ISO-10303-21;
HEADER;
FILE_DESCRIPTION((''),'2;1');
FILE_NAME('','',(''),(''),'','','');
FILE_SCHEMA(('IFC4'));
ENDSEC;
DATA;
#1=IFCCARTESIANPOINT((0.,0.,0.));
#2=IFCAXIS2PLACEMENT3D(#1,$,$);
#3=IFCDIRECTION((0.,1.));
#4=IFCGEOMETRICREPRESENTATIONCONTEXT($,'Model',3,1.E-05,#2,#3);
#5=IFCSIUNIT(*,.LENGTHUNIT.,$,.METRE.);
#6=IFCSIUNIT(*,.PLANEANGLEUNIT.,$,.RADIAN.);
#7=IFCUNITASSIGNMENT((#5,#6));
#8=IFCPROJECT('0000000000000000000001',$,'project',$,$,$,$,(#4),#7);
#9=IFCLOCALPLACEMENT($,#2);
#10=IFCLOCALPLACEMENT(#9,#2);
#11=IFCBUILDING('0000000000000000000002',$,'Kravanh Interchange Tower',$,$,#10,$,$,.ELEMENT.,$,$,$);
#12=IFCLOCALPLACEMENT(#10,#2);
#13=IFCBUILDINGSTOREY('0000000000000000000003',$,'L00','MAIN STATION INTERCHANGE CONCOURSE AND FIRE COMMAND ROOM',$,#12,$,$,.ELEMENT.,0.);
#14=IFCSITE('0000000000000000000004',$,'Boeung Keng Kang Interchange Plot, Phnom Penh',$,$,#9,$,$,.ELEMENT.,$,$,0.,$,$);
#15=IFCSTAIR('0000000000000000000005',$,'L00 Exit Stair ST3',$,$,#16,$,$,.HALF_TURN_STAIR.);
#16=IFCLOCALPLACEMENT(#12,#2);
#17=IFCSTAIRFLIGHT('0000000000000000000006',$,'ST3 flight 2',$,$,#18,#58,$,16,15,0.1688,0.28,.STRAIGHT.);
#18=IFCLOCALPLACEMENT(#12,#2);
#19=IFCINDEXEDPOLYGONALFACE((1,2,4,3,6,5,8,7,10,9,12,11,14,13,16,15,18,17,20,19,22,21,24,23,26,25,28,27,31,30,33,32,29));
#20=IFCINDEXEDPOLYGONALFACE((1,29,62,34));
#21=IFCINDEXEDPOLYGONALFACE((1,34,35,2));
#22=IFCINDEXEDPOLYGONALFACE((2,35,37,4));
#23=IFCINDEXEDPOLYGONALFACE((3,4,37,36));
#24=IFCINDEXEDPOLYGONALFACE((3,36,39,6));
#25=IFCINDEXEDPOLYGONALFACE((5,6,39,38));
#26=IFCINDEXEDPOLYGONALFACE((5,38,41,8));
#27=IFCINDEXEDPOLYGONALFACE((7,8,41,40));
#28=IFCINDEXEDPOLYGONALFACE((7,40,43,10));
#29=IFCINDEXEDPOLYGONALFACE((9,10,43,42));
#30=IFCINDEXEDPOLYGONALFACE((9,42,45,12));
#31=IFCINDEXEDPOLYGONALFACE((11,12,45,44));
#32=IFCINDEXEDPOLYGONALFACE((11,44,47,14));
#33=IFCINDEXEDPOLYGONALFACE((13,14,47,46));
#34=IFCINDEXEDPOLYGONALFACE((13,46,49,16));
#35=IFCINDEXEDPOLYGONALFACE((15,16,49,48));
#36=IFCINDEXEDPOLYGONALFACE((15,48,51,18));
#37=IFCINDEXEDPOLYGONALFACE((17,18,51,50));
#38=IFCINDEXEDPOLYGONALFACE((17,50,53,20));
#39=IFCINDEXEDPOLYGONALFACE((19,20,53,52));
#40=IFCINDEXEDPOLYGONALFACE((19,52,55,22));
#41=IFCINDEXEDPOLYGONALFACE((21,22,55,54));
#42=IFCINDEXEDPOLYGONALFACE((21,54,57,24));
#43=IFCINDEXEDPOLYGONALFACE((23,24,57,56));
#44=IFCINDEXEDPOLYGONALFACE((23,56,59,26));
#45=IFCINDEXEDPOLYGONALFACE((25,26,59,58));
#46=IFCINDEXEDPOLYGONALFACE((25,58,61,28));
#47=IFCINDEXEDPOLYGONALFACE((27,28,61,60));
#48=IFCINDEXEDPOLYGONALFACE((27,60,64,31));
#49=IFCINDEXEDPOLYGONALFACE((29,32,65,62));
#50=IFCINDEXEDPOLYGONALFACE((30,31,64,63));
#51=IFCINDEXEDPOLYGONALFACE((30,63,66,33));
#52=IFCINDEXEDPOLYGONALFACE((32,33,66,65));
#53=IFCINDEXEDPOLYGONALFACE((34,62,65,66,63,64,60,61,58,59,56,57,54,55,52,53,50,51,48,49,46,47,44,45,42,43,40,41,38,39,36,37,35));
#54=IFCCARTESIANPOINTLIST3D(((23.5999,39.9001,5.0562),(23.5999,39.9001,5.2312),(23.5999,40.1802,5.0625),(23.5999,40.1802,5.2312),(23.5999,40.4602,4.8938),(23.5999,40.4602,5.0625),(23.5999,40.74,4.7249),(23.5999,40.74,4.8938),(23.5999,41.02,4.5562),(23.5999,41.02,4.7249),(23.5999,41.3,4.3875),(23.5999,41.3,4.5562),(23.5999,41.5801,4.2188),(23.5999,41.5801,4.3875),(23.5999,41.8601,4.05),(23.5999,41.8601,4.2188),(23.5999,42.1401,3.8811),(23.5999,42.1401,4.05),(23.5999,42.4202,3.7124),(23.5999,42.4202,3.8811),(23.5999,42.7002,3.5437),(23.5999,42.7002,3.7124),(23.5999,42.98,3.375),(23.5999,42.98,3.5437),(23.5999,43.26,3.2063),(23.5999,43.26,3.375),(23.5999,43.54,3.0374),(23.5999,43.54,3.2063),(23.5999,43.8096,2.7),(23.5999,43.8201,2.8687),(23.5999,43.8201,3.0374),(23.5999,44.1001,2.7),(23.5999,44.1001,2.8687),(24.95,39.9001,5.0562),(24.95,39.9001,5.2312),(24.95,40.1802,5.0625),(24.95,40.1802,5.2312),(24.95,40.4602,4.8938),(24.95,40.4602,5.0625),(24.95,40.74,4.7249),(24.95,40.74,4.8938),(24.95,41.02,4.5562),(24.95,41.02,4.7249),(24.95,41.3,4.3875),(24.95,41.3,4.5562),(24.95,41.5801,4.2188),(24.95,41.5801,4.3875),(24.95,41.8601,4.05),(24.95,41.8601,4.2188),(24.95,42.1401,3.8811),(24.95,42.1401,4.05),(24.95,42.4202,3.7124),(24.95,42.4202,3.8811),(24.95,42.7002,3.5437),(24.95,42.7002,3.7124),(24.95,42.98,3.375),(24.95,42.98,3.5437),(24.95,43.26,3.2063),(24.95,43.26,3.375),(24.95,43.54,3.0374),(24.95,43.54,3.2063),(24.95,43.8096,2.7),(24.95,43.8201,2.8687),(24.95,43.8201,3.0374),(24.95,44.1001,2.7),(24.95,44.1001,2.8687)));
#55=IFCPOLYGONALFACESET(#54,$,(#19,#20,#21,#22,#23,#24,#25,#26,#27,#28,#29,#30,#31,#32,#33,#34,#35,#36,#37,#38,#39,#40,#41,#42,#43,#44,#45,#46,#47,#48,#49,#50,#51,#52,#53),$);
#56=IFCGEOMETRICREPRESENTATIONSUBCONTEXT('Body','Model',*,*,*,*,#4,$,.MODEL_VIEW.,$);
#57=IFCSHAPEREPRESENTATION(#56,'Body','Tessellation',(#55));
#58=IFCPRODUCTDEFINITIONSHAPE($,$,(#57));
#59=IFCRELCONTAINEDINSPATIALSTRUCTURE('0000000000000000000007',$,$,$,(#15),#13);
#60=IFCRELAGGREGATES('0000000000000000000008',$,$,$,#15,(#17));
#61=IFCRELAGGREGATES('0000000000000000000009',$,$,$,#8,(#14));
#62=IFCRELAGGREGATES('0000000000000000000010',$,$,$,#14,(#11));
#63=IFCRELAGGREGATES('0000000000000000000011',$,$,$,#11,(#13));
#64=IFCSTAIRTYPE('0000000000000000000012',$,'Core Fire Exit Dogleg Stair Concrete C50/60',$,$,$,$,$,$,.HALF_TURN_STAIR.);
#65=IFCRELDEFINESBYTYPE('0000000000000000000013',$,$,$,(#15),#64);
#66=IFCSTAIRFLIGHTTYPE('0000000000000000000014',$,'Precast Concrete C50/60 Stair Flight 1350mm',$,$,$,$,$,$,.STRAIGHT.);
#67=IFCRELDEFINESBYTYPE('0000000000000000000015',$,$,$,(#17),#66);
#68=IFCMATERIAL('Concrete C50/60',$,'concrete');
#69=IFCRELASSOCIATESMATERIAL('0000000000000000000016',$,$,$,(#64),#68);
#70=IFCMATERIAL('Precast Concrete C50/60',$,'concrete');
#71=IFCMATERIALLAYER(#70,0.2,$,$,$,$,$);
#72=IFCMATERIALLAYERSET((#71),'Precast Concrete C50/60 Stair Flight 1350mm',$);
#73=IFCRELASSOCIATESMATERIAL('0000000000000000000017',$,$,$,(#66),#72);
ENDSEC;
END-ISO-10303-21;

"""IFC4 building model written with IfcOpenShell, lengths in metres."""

from ifc_helpers import new_model, si_unit, direction, frame, origin, place, context, subcontext, project, spatial, polyline, outline, extrude, material, layer, layer_set, type_object, element, aggregate, save


model = new_model("IFC4")

# Units and contexts
model_context = context("Model", 3, precision=1e-05, world=origin(), true_north=direction((0.0, 1.0)))
body_context = subcontext(model_context, "Body", "Model", "MODEL_VIEW")
ifc_project = project(units=[si_unit("LENGTHUNIT", "METRE"), si_unit("PLANEANGLEUNIT", "RADIAN")], contexts=[model_context])

# Site, building, storey
site_placement = place(None, origin())
site = spatial("IfcSite", under=ifc_project, at=site_placement, Name="Boeung Keng Kang Interchange Plot, Phnom Penh", CompositionType="ELEMENT", RefElevation=0.0)
building_placement = place(site_placement, origin())
building = spatial("IfcBuilding", under=site, at=building_placement, Name="Kravanh Interchange Tower", CompositionType="ELEMENT")
storey_placement = place(building_placement, origin())
storey = spatial("IfcBuildingStorey", under=building, at=storey_placement, Name="L00", Description="MAIN STATION INTERCHANGE CONCOURSE AND FIRE COMMAND ROOM", CompositionType="ELEMENT", Elevation=0.0)

# Stair, stair flight
ifc_material_1 = material(Name="Concrete C50/60", Category="concrete")
stair_type = type_object("IfcStairType", Name="Core Fire Exit Dogleg Stair Concrete C50/60", PredefinedType="HALF_TURN_STAIR", material=ifc_material_1)
stair_placement = place(storey_placement, origin())
stair = element("IfcStair", 1, at=stair_placement, inside=storey, type_object=stair_type, Name="L00 Exit Stair ST3", PredefinedType="HALF_TURN_STAIR")
ifc_material_2 = material(Name="Precast Concrete C50/60", Category="concrete")
ifc_layer_1 = layer(ifc_material_2, 0.2)
ifc_layer_set_1 = layer_set([ifc_layer_1], Name="Precast Concrete C50/60 Stair Flight 1350mm")
stair_flight_type = type_object("IfcStairFlightType", Name="Precast Concrete C50/60 Stair Flight 1350mm", PredefinedType="STRAIGHT", material=ifc_layer_set_1)
stair_flight_1_placement = place(storey_placement, frame((24.2749, 44.1001, 2.7), z_axis=(0.0, 0.0, 1.0), x_axis=(0.0, -1.0, 0.0)))
stair_flight_1 = element("IfcStairFlight", 2, at=stair_flight_1_placement, type_object=stair_flight_type, Name="ST3 flight 2", NumberOfRisers=16, NumberOfTreads=15, PredefinedType="STRAIGHT", RiserHeight=0.1688, TreadLength=0.28, context=body_context, shape_type="SweptSolid", body=[
    extrude(outline(polyline([(0.0, 0.0), (0.0, 0.1687), (0.28, 0.1687), (0.28, 0.3374), (0.5601, 0.3374), (0.5601, 0.5063), (0.8401, 0.5063), (0.8401, 0.675), (1.1201, 0.675), (1.1201, 0.8438), (1.3999, 0.8438), (1.3999, 1.0125), (1.6799, 1.0125), (1.6799, 1.1812), (1.96, 1.1812), (1.96, 1.3501), (2.24, 1.3501), (2.24, 1.5188), (2.52, 1.5188), (2.52, 1.6875), (2.8, 1.6875), (2.8, 1.8562), (3.0801, 1.8562), (3.0801, 2.0249), (3.3601, 2.0249), (3.3601, 2.1938), (3.6399, 2.1938), (3.6399, 2.3625), (3.9199, 2.3625), (3.9199, 2.5312), (4.2, 2.5312), (4.2, 2.7), (4.2, 2.3562), (0.2905, 0.0), (0.0, 0.0)])), frame((0.0, 0.675, 0.0), z_axis=(0.0, -1.0, 0.0), x_axis=(1.0, 0.0, 0.0)), (0.0, 0.0, 1.0), 1.3501),
])
aggregate(stair, [stair_flight_1])

save(model, "model.ifc")
